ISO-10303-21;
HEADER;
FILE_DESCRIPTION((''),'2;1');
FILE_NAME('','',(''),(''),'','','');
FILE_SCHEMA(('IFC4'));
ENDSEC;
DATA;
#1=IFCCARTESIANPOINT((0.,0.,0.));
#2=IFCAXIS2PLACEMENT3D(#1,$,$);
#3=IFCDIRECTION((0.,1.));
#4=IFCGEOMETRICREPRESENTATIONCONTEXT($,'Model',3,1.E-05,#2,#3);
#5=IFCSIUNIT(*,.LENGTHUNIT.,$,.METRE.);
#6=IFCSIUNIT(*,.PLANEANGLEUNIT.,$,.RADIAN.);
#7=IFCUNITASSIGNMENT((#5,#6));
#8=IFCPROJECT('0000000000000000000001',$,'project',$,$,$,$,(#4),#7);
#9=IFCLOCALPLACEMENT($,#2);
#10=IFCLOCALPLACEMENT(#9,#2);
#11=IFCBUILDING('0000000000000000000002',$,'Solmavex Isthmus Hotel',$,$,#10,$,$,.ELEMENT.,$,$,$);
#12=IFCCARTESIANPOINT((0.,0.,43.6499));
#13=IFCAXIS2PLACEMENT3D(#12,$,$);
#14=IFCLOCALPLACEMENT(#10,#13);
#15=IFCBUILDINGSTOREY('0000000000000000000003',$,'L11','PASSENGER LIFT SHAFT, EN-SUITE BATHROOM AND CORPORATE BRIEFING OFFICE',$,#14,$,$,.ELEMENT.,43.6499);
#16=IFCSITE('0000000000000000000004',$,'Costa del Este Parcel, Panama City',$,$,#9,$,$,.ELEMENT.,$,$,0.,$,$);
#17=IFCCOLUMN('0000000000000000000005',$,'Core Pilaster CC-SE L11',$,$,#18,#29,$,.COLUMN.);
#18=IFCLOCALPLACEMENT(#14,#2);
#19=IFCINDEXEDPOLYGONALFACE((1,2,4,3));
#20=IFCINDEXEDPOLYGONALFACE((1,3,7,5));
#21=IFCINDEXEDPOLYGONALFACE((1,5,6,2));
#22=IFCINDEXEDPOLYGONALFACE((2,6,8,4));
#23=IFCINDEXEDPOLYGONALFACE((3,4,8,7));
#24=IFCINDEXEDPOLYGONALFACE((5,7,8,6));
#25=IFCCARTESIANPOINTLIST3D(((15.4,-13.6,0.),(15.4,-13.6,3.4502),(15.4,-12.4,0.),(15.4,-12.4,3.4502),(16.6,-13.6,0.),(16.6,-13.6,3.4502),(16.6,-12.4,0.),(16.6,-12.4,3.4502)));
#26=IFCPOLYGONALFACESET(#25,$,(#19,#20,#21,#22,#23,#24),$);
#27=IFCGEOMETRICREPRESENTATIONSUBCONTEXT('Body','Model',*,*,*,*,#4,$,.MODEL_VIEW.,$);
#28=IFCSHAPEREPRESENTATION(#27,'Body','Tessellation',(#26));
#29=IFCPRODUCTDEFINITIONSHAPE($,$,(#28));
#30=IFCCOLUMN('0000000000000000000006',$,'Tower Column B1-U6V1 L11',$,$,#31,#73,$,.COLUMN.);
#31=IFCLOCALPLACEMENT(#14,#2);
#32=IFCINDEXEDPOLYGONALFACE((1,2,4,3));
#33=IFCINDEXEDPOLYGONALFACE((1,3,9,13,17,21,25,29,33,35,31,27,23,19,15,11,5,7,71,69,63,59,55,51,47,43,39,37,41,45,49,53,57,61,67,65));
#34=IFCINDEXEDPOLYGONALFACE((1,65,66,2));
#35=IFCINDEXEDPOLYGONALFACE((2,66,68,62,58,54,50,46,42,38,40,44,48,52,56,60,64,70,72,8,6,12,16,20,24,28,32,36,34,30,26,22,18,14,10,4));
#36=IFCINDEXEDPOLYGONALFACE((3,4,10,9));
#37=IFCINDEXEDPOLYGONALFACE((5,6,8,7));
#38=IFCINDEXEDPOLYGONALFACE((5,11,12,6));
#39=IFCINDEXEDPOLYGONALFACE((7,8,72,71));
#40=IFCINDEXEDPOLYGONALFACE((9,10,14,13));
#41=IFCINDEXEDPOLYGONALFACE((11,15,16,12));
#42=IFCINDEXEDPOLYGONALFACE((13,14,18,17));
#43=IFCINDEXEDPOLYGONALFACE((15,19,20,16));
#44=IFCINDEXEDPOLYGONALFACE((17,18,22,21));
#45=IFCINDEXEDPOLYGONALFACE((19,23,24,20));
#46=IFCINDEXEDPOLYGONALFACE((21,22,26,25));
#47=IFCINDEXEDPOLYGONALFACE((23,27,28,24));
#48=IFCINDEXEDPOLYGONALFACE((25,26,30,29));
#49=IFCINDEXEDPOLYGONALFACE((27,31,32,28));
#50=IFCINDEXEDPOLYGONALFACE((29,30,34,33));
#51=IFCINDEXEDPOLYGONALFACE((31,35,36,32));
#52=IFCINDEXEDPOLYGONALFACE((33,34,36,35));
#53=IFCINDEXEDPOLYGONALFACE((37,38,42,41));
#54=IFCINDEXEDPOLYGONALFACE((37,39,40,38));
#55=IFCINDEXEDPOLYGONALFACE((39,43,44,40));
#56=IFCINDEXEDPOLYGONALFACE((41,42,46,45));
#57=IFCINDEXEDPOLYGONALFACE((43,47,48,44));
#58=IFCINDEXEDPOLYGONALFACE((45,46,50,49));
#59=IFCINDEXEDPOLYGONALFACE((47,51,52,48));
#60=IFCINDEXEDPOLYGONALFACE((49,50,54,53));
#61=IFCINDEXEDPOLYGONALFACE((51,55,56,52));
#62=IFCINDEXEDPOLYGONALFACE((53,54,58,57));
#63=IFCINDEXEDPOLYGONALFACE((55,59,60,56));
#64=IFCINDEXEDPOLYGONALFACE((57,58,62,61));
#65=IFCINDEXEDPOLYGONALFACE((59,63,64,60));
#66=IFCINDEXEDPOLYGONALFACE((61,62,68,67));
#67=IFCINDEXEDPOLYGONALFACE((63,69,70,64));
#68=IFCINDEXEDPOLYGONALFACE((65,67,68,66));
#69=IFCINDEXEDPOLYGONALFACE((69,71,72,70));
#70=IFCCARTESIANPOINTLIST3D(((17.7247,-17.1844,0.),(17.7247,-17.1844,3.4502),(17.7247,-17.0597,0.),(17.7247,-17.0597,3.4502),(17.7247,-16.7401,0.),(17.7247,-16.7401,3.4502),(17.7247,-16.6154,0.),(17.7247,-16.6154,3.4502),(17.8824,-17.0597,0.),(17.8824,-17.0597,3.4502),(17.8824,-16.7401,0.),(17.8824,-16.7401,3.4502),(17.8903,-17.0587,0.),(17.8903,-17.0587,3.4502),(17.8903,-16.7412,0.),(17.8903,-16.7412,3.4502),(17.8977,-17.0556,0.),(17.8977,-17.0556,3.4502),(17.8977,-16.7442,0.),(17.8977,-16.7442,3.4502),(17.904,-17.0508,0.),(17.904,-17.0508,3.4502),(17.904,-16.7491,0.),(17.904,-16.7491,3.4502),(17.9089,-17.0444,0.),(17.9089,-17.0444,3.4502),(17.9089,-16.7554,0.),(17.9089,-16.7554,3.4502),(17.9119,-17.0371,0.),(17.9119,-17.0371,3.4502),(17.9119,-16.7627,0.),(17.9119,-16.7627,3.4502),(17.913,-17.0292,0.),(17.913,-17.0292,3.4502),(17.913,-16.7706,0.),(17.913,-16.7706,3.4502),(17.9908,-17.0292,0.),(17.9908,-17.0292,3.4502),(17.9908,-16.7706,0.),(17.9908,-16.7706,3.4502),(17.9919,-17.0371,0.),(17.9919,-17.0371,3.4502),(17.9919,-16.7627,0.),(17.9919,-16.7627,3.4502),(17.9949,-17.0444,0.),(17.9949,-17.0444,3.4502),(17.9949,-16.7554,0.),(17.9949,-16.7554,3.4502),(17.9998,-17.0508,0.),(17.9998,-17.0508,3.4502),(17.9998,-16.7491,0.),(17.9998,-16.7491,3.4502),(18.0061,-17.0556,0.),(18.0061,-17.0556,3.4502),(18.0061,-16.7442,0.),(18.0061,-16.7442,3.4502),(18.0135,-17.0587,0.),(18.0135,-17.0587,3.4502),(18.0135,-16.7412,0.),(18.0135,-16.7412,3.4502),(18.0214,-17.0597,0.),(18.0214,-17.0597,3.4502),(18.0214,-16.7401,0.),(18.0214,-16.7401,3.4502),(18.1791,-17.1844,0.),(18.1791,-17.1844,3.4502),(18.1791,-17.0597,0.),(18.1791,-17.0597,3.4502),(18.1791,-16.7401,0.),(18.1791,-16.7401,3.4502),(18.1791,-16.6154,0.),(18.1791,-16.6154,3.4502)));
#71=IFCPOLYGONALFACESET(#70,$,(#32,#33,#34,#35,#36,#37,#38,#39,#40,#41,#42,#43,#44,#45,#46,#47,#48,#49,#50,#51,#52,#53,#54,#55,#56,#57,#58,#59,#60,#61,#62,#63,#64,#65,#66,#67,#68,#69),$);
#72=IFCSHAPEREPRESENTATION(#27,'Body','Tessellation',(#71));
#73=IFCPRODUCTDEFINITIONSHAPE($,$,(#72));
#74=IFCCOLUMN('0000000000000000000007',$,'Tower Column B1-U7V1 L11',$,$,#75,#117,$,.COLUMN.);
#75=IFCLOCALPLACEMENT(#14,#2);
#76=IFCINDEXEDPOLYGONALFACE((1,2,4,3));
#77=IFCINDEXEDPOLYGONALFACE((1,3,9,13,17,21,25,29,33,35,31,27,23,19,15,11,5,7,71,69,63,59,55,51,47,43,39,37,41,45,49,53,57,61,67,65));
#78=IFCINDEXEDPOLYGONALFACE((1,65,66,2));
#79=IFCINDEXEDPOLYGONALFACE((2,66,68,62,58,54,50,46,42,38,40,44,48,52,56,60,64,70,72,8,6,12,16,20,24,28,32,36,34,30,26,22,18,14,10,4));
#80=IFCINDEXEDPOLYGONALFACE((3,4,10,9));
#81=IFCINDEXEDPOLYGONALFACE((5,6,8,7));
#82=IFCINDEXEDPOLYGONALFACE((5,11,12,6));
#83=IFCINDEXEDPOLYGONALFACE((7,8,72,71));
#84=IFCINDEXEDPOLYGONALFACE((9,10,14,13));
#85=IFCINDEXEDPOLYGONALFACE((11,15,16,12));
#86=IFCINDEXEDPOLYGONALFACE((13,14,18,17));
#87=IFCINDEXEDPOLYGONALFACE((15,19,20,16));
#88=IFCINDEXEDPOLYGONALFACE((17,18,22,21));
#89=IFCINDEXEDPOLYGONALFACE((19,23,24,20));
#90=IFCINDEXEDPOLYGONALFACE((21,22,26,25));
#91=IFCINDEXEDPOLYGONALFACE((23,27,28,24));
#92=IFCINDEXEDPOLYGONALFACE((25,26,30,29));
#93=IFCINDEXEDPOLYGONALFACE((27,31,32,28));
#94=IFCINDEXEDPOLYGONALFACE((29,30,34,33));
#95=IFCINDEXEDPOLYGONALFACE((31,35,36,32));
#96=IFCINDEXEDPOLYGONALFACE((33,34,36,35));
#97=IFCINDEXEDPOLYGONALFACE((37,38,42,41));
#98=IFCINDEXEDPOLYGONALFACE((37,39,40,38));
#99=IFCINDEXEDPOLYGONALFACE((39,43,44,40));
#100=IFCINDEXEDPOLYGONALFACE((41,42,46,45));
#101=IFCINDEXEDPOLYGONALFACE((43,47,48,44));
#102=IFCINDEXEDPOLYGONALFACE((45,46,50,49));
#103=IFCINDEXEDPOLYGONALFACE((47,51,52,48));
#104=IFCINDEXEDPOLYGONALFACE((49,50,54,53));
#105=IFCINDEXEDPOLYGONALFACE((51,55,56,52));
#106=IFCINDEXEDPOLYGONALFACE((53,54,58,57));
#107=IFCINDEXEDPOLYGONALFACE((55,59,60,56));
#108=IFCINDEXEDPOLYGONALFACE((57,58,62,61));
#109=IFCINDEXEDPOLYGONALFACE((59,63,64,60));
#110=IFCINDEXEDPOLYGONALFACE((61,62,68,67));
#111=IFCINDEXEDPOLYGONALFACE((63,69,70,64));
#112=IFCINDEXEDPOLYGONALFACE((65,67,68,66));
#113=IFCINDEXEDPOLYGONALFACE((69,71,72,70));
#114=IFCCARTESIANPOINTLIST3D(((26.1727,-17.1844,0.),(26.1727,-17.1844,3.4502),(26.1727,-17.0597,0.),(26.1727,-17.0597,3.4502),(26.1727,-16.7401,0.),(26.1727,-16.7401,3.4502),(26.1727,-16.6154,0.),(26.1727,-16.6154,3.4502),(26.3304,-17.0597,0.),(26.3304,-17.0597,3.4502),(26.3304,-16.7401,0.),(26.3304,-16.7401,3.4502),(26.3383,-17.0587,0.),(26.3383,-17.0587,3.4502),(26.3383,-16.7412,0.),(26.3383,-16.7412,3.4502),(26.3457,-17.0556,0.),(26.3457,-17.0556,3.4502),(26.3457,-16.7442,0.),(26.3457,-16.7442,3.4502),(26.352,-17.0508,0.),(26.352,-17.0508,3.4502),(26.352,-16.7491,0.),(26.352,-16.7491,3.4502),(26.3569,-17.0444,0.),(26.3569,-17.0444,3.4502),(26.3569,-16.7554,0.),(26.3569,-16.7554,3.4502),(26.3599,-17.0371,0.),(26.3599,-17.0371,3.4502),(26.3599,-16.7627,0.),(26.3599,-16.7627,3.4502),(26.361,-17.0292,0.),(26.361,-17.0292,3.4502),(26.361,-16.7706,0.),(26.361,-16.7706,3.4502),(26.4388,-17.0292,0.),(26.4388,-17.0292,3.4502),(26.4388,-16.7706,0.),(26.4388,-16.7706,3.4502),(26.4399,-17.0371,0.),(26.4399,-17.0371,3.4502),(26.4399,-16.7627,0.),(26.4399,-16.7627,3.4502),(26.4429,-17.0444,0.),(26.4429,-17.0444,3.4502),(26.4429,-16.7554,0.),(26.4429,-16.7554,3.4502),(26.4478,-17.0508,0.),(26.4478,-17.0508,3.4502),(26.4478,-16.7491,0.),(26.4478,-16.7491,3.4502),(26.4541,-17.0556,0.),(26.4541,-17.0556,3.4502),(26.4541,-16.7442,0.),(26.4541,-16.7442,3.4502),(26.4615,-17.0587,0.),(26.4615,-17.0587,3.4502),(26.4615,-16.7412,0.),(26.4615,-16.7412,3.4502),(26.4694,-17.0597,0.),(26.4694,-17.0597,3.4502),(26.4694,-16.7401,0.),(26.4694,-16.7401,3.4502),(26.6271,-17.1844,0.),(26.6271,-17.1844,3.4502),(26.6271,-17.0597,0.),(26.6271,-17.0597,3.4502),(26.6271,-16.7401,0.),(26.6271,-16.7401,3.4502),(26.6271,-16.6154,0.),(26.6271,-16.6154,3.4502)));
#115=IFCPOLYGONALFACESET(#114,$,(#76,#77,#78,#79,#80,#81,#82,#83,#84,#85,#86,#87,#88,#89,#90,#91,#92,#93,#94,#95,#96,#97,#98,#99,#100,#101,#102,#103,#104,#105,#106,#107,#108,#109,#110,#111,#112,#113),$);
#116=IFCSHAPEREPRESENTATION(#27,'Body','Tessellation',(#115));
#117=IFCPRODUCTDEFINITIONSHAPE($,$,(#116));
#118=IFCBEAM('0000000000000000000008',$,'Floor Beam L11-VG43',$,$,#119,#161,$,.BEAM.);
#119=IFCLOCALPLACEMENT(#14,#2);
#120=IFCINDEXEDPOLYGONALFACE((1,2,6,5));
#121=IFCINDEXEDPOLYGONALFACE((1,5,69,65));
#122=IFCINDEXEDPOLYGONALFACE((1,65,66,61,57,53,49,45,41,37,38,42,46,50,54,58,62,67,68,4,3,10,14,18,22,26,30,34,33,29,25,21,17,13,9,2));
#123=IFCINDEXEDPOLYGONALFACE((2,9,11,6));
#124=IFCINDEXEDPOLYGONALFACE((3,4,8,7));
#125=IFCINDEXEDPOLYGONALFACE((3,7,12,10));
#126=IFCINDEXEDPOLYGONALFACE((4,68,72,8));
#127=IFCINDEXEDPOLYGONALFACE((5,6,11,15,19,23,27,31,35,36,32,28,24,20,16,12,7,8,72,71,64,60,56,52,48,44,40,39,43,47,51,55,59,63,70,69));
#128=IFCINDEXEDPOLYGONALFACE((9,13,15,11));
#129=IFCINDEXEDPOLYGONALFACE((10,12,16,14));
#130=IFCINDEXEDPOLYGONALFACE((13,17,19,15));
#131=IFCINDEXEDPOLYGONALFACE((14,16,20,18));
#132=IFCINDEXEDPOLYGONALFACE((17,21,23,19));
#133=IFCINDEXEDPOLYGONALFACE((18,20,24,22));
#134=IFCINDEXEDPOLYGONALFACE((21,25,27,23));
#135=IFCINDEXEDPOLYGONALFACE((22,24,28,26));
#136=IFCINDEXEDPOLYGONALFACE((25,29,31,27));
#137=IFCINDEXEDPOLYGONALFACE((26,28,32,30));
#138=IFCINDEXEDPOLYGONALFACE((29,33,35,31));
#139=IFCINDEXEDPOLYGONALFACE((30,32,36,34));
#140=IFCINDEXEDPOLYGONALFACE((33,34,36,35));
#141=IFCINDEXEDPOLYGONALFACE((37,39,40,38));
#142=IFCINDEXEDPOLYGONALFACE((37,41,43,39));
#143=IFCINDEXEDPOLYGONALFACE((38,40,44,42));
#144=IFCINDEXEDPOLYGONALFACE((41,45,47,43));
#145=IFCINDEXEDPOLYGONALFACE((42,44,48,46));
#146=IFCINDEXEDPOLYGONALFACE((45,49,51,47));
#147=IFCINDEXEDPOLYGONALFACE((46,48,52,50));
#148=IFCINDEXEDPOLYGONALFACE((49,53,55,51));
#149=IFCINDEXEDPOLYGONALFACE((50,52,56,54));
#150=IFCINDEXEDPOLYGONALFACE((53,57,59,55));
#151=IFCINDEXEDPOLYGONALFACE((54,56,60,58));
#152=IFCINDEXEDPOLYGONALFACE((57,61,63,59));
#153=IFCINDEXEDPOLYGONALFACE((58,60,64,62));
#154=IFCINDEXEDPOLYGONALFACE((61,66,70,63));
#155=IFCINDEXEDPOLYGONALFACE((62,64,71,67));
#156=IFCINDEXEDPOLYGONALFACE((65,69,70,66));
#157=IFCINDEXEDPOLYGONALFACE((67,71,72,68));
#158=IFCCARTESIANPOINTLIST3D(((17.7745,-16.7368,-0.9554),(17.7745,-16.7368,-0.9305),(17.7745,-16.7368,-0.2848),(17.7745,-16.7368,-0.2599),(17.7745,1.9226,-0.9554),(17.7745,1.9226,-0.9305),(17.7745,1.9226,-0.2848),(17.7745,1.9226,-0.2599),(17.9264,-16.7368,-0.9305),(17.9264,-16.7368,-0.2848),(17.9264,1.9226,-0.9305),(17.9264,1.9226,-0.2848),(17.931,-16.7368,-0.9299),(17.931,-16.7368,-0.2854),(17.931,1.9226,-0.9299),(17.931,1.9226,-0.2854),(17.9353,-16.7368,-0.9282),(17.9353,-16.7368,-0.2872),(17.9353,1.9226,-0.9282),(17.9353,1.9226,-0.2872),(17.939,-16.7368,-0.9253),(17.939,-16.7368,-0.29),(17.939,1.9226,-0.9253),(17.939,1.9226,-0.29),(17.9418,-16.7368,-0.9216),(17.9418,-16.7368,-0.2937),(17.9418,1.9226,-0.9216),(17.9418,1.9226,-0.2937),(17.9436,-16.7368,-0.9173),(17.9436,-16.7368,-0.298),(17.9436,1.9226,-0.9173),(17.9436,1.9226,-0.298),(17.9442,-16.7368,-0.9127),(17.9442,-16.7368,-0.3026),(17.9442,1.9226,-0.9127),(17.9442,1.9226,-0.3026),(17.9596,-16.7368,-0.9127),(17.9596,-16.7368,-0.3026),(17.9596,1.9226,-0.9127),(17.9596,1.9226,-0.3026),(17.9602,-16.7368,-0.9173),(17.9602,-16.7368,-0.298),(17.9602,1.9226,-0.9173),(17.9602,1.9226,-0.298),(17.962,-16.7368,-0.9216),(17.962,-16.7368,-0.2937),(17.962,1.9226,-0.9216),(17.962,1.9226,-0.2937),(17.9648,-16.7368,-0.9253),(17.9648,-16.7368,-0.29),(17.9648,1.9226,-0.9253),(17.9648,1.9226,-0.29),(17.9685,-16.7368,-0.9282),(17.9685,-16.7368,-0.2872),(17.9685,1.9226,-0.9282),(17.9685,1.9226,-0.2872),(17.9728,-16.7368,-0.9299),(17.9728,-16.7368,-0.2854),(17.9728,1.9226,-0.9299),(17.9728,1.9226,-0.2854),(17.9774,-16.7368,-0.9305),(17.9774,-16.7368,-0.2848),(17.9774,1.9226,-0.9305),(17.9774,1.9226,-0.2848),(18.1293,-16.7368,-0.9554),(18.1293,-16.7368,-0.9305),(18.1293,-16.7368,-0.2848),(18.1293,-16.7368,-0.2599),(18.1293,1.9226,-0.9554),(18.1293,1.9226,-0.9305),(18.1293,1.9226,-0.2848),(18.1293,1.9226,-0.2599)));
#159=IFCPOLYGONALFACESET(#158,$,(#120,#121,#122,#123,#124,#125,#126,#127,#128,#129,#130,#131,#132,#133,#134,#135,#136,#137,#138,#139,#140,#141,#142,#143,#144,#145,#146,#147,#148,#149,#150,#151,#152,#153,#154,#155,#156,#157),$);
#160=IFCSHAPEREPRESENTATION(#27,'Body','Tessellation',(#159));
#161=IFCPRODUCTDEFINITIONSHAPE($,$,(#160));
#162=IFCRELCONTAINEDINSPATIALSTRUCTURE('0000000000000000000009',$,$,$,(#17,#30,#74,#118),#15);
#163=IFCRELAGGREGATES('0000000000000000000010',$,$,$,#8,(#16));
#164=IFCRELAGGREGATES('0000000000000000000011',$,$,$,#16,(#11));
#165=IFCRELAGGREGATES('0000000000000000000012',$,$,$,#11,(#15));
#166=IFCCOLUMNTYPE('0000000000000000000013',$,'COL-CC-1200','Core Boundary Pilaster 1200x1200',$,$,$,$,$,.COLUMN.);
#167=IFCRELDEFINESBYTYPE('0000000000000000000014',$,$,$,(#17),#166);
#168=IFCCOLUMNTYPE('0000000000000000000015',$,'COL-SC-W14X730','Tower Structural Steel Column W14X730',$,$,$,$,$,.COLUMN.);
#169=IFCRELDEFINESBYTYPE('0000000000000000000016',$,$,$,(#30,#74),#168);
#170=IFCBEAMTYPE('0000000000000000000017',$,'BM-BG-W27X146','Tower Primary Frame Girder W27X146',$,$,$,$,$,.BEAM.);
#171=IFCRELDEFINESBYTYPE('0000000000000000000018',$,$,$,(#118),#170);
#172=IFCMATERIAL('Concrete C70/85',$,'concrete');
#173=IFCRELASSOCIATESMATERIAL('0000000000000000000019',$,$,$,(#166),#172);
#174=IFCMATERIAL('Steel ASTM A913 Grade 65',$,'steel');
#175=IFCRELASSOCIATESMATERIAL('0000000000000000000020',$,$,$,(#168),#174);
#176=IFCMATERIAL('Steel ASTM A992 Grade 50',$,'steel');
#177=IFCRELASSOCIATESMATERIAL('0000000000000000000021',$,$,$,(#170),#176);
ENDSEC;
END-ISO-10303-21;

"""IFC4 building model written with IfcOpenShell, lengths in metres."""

from ifc_helpers import new_model, si_unit, direction, frame, origin, origin_2d, place, context, subcontext, project, spatial, rectangle, i_section, extrude, material, material_profile, profile_set, type_object, element, save


model = new_model("IFC4")

# Units and contexts
model_context = context("Model", 3, precision=1e-05, world=origin(), true_north=direction((0.0, 1.0)))
body_context = subcontext(model_context, "Body", "Model", "MODEL_VIEW")
ifc_project = project(units=[si_unit("LENGTHUNIT", "METRE"), si_unit("PLANEANGLEUNIT", "RADIAN")], contexts=[model_context])

# Site, building, storey
site_placement = place(None, origin())
site = spatial("IfcSite", under=ifc_project, at=site_placement, Name="Costa del Este Parcel, Panama City", CompositionType="ELEMENT", RefElevation=0.0)
building_placement = place(site_placement, origin())
building = spatial("IfcBuilding", under=site, at=building_placement, Name="Solmavex Isthmus Hotel", CompositionType="ELEMENT")
storey_placement = place(building_placement, frame((0.0, 0.0, 43.6499)))
storey = spatial("IfcBuildingStorey", under=building, at=storey_placement, Name="L11", Description="PASSENGER LIFT SHAFT, EN-SUITE BATHROOM AND CORPORATE BRIEFING OFFICE", CompositionType="ELEMENT", Elevation=43.6499)

# Columns
ifc_material_1 = material(Name="Concrete C70/85", Category="concrete")
ifc_material_profile_1 = material_profile(ifc_material_1, rectangle(XDim=1.2, YDim=1.2, at=origin_2d()), Name="RC1200X1200")
ifc_profile_set_1 = profile_set([ifc_material_profile_1], Name="Concrete C70/85")
column_type_1 = type_object("IfcColumnType", Name="COL-CC-1200", Description="Core Boundary Pilaster 1200x1200", PredefinedType="COLUMN", material=ifc_profile_set_1)
column_placement = place(storey_placement, frame((16.0, -13.0, 0.0), z_axis=(0.0, 0.0, 1.0), x_axis=(1.0, 0.0, 0.0)))
element("IfcColumn", 1, at=column_placement, inside=storey, type_object=column_type_1, Name="Core Pilaster CC-SE L11", PredefinedType="COLUMN", context=body_context, shape_type="SweptSolid", body=[
    extrude(rectangle(XDim=1.2, YDim=1.2, at=origin_2d()), origin(), (0.0, 0.0, 1.0), 3.4502),
])
ifc_material_2 = material(Name="Steel ASTM A913 Grade 65", Category="steel")
ifc_material_profile_2 = material_profile(ifc_material_2, i_section(OverallWidth=0.4543, OverallDepth=0.5691, WebThickness=0.0779, FlangeThickness=0.1248, FilletRadius=0.0305, at=origin_2d()), Name="W14X730")
ifc_profile_set_2 = profile_set([ifc_material_profile_2], Name="Steel ASTM A913 Grade 65")
column_type_2 = type_object("IfcColumnType", Name="COL-SC-W14X730", Description="Tower Structural Steel Column W14X730", PredefinedType="COLUMN", material=ifc_profile_set_2)
for number, where, z_axis, x_axis, name in (
    (2, (17.9519, -16.8999, 0.0), (0.0, 0.0, 1.0), (1.0, 0.0, 0.0), "Tower Column B1-U6V1 L11"),
    (3, (26.3999, -16.8999, 0.0), (0.0, 0.0, 1.0), (1.0, 0.0, 0.0), "Tower Column B1-U7V1 L11"),
):
    element("IfcColumn", number, at=place(storey_placement, frame(where, z_axis=z_axis, x_axis=x_axis)), inside=storey, type_object=column_type_2, Name=name, PredefinedType="COLUMN", context=body_context, shape_type="SweptSolid", body=[
        extrude(i_section(OverallWidth=0.4543, OverallDepth=0.5691, WebThickness=0.0779, FlangeThickness=0.1248, FilletRadius=0.0305, at=origin_2d()), origin(), (0.0, 0.0, 1.0), 3.4502),
    ])

# Beam
ifc_material_3 = material(Name="Steel ASTM A992 Grade 50", Category="steel")
ifc_material_profile_3 = material_profile(ifc_material_3, i_section(OverallWidth=0.3547, OverallDepth=0.6956, WebThickness=0.0154, FlangeThickness=0.0249, FilletRadius=0.0178, at=origin_2d()), Name="W27X146")
ifc_profile_set_3 = profile_set([ifc_material_profile_3], Name="Steel ASTM A992 Grade 50")
beam_type_1 = type_object("IfcBeamType", Name="BM-BG-W27X146", Description="Tower Primary Frame Girder W27X146", PredefinedType="BEAM", material=ifc_profile_set_3)
beam_1_placement = place(storey_placement, frame((17.9519, -16.7368, -0.6077), z_axis=(0.0, 1.0, 0.0), x_axis=(-1.0, 0.0, 0.0)))
element("IfcBeam", 4, at=beam_1_placement, inside=storey, type_object=beam_type_1, Name="Floor Beam L11-VG43", PredefinedType="BEAM", context=body_context, shape_type="SweptSolid", body=[
    extrude(i_section(OverallWidth=0.3547, OverallDepth=0.6956, WebThickness=0.0154, FlangeThickness=0.0249, FilletRadius=0.0178, at=origin_2d()), origin(), (0.0, 0.0, 1.0), 18.6594),
])

save(model, "model.ifc")
